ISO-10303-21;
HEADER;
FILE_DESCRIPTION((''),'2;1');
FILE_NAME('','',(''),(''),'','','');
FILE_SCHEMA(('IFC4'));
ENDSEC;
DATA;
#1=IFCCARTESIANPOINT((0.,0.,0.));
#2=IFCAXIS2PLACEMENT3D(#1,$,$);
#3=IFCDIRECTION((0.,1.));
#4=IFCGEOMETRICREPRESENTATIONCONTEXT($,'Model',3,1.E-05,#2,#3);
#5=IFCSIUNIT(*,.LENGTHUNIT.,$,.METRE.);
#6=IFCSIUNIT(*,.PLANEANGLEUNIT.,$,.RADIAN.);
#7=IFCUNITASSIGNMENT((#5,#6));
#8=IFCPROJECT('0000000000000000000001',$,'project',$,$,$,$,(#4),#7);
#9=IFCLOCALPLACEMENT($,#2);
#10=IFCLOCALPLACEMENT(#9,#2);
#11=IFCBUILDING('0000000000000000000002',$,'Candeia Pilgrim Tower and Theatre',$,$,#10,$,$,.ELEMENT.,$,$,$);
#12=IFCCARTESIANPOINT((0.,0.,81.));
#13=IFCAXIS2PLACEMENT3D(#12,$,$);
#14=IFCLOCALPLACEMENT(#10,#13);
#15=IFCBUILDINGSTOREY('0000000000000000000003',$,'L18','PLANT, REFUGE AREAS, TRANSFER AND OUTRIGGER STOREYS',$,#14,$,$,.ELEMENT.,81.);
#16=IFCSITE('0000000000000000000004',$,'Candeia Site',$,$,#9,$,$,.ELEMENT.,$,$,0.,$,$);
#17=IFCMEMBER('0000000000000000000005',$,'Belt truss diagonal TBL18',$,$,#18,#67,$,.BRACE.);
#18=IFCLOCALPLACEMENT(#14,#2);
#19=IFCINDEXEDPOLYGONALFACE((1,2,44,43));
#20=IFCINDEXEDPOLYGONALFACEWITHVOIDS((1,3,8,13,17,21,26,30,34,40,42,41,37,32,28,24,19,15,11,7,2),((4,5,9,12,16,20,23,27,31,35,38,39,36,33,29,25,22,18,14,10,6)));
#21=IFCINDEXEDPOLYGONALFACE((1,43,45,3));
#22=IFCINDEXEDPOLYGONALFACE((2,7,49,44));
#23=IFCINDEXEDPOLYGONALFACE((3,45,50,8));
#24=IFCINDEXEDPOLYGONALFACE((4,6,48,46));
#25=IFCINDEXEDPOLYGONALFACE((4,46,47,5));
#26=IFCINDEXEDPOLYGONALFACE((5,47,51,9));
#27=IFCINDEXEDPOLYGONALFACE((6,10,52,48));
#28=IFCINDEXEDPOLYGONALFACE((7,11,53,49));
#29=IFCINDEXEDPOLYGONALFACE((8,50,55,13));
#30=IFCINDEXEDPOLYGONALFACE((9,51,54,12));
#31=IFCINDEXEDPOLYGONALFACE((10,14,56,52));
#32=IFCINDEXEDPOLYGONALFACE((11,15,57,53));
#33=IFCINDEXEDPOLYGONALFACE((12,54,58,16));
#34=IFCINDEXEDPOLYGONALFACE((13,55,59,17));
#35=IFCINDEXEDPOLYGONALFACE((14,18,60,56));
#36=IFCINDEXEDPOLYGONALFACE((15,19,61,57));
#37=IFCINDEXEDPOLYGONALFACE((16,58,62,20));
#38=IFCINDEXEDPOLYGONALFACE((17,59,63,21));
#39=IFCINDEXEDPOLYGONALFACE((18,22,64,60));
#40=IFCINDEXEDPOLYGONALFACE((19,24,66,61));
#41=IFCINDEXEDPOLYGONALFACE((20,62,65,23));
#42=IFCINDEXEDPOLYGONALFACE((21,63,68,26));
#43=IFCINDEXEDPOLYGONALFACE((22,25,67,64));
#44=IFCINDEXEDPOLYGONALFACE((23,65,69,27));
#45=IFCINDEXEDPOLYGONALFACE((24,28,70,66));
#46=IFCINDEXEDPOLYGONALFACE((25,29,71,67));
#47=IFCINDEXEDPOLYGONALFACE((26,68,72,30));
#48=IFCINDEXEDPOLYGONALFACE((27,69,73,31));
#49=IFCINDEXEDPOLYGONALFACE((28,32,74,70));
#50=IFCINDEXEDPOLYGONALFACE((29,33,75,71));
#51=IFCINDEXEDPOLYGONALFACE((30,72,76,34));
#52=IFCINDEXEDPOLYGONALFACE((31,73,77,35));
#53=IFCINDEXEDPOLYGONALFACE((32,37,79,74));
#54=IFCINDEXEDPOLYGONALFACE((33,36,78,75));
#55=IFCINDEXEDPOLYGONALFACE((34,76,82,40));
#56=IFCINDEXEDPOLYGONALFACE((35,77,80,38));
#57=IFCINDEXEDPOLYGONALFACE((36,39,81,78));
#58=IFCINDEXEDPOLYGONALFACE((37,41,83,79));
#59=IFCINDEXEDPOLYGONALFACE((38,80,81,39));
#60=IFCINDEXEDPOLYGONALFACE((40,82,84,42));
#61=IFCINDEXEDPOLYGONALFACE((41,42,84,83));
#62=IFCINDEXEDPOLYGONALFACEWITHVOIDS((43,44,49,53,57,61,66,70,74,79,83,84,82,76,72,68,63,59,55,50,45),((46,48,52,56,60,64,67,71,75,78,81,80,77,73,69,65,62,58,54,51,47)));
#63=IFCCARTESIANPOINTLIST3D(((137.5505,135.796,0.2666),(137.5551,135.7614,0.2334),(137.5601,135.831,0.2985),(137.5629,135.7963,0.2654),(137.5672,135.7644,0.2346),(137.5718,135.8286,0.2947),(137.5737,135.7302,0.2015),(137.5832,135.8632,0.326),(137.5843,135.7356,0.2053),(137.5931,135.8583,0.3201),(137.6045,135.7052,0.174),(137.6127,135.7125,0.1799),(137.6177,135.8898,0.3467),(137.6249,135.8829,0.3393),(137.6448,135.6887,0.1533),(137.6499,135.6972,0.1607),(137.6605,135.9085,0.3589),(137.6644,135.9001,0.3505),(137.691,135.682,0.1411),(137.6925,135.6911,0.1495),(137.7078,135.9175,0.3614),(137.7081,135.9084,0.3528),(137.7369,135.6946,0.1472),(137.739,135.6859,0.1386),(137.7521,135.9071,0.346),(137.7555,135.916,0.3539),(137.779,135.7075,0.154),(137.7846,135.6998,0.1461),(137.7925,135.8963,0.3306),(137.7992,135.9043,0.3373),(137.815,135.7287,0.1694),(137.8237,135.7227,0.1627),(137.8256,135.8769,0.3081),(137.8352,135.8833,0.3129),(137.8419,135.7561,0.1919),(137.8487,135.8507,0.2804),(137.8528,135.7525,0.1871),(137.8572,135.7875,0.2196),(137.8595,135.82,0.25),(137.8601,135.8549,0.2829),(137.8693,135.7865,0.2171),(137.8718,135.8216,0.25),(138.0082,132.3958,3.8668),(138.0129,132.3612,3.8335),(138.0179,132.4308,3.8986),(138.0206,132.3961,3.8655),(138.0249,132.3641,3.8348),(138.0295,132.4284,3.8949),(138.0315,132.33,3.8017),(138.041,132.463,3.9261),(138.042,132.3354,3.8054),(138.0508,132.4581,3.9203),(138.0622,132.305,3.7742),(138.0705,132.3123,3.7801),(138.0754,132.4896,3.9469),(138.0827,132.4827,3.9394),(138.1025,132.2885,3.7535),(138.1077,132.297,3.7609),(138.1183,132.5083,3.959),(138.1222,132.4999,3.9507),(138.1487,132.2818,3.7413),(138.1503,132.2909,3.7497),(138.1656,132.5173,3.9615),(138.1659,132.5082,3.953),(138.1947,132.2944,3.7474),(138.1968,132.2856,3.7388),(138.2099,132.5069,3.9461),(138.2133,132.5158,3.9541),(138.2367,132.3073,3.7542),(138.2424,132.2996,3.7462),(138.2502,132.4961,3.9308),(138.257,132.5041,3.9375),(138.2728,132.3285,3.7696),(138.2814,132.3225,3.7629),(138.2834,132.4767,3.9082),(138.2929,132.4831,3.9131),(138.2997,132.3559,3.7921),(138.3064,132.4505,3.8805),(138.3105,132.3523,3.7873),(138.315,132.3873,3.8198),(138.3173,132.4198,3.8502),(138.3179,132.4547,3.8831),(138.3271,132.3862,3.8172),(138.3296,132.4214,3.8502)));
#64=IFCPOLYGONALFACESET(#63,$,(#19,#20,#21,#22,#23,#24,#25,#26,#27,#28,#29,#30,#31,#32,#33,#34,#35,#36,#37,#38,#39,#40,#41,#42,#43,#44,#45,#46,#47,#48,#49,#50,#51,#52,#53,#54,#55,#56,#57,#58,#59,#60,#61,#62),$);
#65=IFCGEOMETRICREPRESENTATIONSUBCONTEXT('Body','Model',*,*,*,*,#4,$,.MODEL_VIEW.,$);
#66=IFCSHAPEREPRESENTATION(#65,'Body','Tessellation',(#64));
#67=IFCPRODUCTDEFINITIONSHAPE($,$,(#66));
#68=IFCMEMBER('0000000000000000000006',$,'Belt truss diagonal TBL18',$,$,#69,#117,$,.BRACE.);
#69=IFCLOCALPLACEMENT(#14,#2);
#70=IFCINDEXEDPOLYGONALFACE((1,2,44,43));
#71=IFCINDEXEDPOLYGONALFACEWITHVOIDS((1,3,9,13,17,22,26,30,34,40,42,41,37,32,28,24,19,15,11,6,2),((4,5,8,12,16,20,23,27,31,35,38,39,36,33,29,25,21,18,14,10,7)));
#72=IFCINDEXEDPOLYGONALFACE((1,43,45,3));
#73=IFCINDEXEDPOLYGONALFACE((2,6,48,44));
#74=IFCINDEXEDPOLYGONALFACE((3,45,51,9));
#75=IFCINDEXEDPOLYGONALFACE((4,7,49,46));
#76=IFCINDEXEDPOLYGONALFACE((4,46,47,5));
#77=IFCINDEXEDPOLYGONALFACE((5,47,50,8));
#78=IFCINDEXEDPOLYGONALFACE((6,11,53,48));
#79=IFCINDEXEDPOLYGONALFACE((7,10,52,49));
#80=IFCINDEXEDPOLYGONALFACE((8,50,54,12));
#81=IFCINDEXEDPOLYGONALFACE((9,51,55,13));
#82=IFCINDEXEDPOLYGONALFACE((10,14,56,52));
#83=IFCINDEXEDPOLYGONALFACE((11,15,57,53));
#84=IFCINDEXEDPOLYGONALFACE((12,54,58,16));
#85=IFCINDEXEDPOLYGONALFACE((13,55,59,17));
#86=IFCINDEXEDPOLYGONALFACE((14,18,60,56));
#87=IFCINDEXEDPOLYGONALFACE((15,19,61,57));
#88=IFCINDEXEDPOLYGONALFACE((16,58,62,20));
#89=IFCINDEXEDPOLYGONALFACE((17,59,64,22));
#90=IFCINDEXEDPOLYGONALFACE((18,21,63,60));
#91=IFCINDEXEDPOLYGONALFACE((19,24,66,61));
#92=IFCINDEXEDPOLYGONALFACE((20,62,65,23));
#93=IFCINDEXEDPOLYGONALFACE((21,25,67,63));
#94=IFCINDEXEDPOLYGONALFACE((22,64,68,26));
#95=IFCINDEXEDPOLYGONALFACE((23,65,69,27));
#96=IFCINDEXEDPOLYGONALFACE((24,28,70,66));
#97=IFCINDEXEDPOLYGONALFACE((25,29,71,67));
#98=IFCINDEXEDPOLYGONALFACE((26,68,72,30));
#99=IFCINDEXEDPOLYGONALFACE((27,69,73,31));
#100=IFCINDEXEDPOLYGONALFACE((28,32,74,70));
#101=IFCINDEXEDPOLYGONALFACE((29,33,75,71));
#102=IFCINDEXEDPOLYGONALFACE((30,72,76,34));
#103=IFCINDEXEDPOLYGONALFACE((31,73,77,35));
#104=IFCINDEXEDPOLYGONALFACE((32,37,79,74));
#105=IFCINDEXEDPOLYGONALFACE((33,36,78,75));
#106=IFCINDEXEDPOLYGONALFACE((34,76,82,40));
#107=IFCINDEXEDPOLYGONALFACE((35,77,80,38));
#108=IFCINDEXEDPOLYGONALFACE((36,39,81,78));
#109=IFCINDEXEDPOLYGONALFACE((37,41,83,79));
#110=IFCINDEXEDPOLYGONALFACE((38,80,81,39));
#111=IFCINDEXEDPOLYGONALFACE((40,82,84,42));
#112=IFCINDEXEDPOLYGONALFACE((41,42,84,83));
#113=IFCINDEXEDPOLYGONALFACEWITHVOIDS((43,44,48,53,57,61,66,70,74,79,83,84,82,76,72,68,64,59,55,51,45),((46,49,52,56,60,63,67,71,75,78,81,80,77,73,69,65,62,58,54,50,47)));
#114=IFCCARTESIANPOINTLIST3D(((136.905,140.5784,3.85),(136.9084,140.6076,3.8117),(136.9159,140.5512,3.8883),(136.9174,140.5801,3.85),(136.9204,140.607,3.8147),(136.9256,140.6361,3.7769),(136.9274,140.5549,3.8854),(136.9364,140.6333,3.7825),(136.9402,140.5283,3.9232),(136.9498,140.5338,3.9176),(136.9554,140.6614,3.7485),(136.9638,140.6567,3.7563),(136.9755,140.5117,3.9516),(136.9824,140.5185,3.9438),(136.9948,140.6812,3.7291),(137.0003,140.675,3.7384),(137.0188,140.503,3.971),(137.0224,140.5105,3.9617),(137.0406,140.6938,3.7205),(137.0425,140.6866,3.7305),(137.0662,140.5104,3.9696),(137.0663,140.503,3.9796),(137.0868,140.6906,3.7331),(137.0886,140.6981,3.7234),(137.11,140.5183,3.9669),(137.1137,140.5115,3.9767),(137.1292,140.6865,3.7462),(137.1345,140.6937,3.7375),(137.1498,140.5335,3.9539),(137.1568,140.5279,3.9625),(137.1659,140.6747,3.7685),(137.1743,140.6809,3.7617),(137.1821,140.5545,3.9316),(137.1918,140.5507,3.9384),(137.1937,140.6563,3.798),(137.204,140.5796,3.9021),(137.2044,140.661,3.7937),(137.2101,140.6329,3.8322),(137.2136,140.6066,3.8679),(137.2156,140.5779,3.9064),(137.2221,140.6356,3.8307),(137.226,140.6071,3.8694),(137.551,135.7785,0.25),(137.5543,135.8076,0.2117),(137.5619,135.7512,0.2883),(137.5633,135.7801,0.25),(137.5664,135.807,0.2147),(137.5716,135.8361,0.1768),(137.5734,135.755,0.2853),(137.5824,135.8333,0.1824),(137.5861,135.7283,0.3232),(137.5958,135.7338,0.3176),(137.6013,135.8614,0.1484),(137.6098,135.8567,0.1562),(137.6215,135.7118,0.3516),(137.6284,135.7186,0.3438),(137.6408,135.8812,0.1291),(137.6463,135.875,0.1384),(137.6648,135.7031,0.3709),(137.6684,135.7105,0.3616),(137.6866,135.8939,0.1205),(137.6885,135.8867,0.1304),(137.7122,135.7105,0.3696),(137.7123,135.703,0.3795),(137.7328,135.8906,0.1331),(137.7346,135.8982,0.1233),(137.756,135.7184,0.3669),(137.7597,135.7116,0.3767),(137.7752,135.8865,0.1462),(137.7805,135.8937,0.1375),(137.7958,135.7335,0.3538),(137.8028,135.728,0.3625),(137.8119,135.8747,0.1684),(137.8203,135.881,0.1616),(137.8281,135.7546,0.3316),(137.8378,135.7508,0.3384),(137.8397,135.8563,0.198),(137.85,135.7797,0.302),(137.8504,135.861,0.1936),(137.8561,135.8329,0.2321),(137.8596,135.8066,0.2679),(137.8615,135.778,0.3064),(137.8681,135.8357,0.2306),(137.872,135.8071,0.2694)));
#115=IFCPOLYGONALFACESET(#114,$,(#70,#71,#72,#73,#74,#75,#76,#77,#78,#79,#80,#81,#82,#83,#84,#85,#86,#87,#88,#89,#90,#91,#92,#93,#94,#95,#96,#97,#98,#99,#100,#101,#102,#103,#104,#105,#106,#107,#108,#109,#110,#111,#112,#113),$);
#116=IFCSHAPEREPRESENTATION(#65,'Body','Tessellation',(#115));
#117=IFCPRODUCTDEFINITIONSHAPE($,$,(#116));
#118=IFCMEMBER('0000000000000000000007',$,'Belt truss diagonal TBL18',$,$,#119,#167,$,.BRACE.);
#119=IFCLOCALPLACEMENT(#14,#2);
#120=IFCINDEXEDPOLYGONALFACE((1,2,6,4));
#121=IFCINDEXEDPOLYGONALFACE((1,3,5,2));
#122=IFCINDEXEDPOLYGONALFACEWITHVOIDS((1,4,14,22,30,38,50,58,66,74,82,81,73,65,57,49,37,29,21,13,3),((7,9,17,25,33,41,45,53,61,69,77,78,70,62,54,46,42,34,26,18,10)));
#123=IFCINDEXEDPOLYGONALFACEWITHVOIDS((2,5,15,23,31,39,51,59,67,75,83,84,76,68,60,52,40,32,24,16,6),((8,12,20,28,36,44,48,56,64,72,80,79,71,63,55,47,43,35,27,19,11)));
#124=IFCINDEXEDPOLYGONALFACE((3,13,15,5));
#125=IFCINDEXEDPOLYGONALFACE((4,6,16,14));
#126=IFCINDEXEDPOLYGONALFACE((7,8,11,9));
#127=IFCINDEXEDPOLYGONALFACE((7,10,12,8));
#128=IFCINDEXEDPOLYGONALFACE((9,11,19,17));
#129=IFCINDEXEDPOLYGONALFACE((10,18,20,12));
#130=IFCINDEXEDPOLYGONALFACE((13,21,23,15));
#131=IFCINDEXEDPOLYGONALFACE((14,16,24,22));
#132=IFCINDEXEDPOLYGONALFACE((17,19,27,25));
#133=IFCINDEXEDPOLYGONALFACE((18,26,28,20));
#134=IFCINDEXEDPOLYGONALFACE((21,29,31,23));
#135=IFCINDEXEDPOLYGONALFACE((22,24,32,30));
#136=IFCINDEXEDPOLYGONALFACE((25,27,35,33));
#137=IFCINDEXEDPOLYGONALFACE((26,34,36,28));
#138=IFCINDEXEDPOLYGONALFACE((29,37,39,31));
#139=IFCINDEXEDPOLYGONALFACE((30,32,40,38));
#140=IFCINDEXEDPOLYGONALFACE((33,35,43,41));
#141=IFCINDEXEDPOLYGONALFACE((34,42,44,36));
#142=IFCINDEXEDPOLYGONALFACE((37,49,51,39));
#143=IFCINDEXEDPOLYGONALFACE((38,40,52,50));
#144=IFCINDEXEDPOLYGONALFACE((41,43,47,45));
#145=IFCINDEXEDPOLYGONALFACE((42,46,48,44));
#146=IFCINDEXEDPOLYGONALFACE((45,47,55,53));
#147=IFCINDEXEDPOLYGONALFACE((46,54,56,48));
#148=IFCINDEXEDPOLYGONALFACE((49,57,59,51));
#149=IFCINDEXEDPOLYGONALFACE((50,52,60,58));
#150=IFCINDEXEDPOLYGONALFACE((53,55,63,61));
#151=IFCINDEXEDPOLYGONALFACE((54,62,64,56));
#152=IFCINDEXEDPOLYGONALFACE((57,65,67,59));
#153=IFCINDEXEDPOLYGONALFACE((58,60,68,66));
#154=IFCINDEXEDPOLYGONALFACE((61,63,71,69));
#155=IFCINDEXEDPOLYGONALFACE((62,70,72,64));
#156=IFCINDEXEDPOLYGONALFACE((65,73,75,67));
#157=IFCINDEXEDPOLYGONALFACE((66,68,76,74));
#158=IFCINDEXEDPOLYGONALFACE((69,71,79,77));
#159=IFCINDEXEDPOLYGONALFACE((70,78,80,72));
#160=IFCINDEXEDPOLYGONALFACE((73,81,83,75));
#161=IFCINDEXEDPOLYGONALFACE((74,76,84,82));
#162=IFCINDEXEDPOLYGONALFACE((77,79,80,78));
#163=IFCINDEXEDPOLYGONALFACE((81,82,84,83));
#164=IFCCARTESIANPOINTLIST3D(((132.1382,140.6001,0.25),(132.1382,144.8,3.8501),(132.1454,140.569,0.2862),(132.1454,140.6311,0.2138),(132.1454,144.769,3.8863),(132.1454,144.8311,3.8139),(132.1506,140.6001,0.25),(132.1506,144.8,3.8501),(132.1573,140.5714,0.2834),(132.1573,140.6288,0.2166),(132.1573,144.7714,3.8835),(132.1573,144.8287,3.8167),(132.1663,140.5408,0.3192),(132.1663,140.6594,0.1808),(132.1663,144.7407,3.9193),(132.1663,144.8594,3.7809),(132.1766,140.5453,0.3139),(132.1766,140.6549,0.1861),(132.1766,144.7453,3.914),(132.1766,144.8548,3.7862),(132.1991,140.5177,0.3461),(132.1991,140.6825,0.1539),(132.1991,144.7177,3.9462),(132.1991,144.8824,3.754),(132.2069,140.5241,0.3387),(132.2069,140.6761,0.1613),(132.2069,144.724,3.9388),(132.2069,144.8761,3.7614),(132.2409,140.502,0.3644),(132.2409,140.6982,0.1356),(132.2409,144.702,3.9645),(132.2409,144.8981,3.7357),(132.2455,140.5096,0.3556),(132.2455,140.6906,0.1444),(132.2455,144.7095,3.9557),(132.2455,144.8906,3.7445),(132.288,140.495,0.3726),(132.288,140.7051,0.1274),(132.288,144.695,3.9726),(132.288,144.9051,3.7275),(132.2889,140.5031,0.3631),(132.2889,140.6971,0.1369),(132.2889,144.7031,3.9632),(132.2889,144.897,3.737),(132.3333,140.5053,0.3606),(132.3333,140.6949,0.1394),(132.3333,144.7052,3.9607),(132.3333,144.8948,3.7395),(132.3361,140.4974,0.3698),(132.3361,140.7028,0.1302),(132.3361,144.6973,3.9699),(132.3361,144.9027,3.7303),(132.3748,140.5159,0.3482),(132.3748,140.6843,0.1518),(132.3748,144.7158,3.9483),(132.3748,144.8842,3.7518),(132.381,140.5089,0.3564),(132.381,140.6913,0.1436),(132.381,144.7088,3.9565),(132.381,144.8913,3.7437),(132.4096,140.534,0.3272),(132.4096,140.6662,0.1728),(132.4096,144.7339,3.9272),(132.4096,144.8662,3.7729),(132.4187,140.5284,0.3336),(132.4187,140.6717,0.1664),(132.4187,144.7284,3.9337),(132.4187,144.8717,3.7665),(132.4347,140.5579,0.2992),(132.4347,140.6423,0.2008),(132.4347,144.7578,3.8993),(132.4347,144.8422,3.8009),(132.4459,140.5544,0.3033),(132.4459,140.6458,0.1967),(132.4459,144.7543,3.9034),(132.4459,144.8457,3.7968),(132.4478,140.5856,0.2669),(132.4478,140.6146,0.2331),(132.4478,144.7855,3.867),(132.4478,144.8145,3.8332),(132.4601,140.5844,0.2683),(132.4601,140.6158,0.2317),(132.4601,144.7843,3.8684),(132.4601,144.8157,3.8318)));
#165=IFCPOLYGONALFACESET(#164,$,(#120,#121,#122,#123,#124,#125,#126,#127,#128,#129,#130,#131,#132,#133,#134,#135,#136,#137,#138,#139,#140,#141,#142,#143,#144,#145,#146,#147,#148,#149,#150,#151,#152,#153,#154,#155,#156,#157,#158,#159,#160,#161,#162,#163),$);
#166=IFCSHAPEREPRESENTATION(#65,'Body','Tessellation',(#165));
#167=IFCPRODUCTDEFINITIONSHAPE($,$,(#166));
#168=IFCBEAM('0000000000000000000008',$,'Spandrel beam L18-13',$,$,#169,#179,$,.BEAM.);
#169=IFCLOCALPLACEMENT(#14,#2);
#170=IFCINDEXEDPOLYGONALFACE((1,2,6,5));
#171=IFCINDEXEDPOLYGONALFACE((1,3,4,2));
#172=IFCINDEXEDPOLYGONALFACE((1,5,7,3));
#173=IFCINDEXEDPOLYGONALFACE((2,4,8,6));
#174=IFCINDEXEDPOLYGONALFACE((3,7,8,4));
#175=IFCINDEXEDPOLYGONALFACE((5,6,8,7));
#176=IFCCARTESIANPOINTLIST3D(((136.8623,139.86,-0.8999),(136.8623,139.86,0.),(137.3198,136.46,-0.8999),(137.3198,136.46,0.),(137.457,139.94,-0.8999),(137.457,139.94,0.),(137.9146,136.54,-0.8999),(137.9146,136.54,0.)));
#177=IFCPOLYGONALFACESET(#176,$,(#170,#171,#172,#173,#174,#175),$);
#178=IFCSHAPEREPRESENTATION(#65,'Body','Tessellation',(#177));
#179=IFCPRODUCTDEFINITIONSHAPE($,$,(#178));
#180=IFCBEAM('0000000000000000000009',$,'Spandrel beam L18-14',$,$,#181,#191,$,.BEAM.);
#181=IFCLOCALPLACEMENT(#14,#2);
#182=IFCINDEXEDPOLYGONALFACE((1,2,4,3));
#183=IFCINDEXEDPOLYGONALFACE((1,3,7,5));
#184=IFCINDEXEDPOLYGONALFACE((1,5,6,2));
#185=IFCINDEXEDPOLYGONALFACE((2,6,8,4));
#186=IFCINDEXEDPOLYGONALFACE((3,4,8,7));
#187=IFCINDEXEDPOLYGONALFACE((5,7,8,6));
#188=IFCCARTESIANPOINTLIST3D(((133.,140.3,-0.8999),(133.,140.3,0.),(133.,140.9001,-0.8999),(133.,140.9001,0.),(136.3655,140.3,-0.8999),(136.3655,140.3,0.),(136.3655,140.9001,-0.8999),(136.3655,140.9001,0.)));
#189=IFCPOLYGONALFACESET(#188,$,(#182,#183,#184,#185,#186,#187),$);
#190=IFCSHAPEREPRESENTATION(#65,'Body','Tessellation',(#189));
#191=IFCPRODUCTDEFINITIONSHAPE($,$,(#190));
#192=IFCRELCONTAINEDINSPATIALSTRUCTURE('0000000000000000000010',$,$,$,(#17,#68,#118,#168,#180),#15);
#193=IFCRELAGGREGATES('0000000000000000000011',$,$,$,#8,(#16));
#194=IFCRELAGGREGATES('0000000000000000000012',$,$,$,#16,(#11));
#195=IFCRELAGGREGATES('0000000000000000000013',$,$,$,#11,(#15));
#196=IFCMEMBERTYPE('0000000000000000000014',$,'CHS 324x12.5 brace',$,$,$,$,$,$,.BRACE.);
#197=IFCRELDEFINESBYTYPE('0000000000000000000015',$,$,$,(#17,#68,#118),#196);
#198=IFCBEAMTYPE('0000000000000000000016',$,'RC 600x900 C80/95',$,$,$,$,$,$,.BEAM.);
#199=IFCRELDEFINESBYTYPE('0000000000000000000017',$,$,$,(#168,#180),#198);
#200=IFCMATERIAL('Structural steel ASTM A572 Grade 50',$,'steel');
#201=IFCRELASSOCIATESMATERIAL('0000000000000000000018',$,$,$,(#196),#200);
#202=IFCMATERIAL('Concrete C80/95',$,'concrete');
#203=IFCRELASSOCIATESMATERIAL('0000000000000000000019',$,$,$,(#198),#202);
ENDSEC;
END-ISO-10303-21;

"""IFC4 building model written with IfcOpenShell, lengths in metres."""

from ifc_helpers import new_model, si_unit, direction, frame, origin, origin_2d, place, context, subcontext, project, spatial, rectangle, hollow_circle, extrude, material, material_profile, profile_set, type_object, element, save


model = new_model("IFC4")

# Units and contexts
model_context = context("Model", 3, precision=1e-05, world=origin(), true_north=direction((0.0, 1.0)))
body_context = subcontext(model_context, "Body", "Model", "MODEL_VIEW")
ifc_project = project(units=[si_unit("LENGTHUNIT", "METRE"), si_unit("PLANEANGLEUNIT", "RADIAN")], contexts=[model_context])

# Site, building, storey
site_placement = place(None, origin())
site = spatial("IfcSite", under=ifc_project, at=site_placement, Name="Candeia Site", CompositionType="ELEMENT", RefElevation=0.0)
building_placement = place(site_placement, origin())
building = spatial("IfcBuilding", under=site, at=building_placement, Name="Candeia Pilgrim Tower and Theatre", CompositionType="ELEMENT")
storey_placement = place(building_placement, frame((0.0, 0.0, 81.0)))
storey = spatial("IfcBuildingStorey", under=building, at=storey_placement, Name="L18", Description="PLANT, REFUGE AREAS, TRANSFER AND OUTRIGGER STOREYS", CompositionType="ELEMENT", Elevation=81.0)

# Shared definitions
ifc_material_1 = material(Name="Concrete C80/95", Category="concrete")

# Members
ifc_material_2 = material(Name="Structural steel ASTM A572 Grade 50", Category="steel")
ifc_material_profile_1 = material_profile(ifc_material_2, hollow_circle(Radius=0.1619, WallThickness=0.0125, at=origin_2d()))
ifc_profile_set_1 = profile_set([ifc_material_profile_1], Name="Structural steel ASTM A572 Grade 50")
member_type_1 = type_object("IfcMemberType", Name="CHS 324x12.5 brace", PredefinedType="BRACE", material=ifc_profile_set_1)
member_1_placement = place(storey_placement, frame((137.7114, 135.8, 0.25), z_axis=(0.092049, -0.683714, 0.723921), x_axis=(0.991059, 0.133427, 0.0)))
element("IfcMember", 1, at=member_1_placement, inside=storey, type_object=member_type_1, Name="Belt truss diagonal TBL18", PredefinedType="BRACE", context=body_context, shape_type="SweptSolid", body=[
    extrude(hollow_circle(Radius=0.1619, WallThickness=0.0125, at=origin_2d()), origin(), (0.0, 0.0, 1.0), 4.9731),
])
member_2_placement = place(storey_placement, frame((137.7114, 135.8, 0.25), z_axis=(-0.107046, 0.795398, 0.596559), x_axis=(-0.991065, -0.133379, 0.0)))
element("IfcMember", 2, at=member_2_placement, inside=storey, type_object=member_type_1, Name="Belt truss diagonal TBL18", PredefinedType="BRACE", context=body_context, shape_type="SweptSolid", body=[
    extrude(hollow_circle(Radius=0.1619, WallThickness=0.0125, at=origin_2d()), origin(), (0.0, 0.0, 1.0), 6.0347),
])
member_3_placement = place(storey_placement, frame((132.3, 140.6001, 0.25), z_axis=(0.0, 0.759244, 0.650806), x_axis=(-1.0, 0.0, 0.0)))
element("IfcMember", 3, at=member_3_placement, inside=storey, type_object=member_type_1, Name="Belt truss diagonal TBL18", PredefinedType="BRACE", context=body_context, shape_type="SweptSolid", body=[
    extrude(hollow_circle(Radius=0.1619, WallThickness=0.0125, at=origin_2d()), origin(), (0.0, 0.0, 1.0), 5.5317),
])

# Beams
ifc_material_profile_2 = material_profile(ifc_material_1, rectangle(XDim=0.6001, YDim=0.8999, at=origin_2d()))
ifc_profile_set_2 = profile_set([ifc_material_profile_2], Name="Concrete C80/95")
beam_type = type_object("IfcBeamType", Name="RC 600x900 C80/95", PredefinedType="BEAM", material=ifc_profile_set_2)
beam_1_placement = place(storey_placement, frame((137.6172, 136.5, -0.45), z_axis=(-0.133366, 0.991067, 0.0), x_axis=(-0.991067, -0.133366, 0.0)))
element("IfcBeam", 4, at=beam_1_placement, inside=storey, type_object=beam_type, Name="Spandrel beam L18-13", PredefinedType="BEAM", context=body_context, shape_type="SweptSolid", body=[
    extrude(rectangle(XDim=0.6001, YDim=0.8999, at=origin_2d()), origin(), (0.0, 0.0, 1.0), 3.4307),
])
beam_2_placement = place(storey_placement, frame((136.3655, 140.6001, -0.45), z_axis=(-1.0, 0.0, 0.0), x_axis=(0.0, -1.0, 0.0)))
element("IfcBeam", 5, at=beam_2_placement, inside=storey, type_object=beam_type, Name="Spandrel beam L18-14", PredefinedType="BEAM", context=body_context, shape_type="SweptSolid", body=[
    extrude(rectangle(XDim=0.6001, YDim=0.8999, at=origin_2d()), origin(), (0.0, 0.0, 1.0), 3.3655),
])

save(model, "model.ifc")
